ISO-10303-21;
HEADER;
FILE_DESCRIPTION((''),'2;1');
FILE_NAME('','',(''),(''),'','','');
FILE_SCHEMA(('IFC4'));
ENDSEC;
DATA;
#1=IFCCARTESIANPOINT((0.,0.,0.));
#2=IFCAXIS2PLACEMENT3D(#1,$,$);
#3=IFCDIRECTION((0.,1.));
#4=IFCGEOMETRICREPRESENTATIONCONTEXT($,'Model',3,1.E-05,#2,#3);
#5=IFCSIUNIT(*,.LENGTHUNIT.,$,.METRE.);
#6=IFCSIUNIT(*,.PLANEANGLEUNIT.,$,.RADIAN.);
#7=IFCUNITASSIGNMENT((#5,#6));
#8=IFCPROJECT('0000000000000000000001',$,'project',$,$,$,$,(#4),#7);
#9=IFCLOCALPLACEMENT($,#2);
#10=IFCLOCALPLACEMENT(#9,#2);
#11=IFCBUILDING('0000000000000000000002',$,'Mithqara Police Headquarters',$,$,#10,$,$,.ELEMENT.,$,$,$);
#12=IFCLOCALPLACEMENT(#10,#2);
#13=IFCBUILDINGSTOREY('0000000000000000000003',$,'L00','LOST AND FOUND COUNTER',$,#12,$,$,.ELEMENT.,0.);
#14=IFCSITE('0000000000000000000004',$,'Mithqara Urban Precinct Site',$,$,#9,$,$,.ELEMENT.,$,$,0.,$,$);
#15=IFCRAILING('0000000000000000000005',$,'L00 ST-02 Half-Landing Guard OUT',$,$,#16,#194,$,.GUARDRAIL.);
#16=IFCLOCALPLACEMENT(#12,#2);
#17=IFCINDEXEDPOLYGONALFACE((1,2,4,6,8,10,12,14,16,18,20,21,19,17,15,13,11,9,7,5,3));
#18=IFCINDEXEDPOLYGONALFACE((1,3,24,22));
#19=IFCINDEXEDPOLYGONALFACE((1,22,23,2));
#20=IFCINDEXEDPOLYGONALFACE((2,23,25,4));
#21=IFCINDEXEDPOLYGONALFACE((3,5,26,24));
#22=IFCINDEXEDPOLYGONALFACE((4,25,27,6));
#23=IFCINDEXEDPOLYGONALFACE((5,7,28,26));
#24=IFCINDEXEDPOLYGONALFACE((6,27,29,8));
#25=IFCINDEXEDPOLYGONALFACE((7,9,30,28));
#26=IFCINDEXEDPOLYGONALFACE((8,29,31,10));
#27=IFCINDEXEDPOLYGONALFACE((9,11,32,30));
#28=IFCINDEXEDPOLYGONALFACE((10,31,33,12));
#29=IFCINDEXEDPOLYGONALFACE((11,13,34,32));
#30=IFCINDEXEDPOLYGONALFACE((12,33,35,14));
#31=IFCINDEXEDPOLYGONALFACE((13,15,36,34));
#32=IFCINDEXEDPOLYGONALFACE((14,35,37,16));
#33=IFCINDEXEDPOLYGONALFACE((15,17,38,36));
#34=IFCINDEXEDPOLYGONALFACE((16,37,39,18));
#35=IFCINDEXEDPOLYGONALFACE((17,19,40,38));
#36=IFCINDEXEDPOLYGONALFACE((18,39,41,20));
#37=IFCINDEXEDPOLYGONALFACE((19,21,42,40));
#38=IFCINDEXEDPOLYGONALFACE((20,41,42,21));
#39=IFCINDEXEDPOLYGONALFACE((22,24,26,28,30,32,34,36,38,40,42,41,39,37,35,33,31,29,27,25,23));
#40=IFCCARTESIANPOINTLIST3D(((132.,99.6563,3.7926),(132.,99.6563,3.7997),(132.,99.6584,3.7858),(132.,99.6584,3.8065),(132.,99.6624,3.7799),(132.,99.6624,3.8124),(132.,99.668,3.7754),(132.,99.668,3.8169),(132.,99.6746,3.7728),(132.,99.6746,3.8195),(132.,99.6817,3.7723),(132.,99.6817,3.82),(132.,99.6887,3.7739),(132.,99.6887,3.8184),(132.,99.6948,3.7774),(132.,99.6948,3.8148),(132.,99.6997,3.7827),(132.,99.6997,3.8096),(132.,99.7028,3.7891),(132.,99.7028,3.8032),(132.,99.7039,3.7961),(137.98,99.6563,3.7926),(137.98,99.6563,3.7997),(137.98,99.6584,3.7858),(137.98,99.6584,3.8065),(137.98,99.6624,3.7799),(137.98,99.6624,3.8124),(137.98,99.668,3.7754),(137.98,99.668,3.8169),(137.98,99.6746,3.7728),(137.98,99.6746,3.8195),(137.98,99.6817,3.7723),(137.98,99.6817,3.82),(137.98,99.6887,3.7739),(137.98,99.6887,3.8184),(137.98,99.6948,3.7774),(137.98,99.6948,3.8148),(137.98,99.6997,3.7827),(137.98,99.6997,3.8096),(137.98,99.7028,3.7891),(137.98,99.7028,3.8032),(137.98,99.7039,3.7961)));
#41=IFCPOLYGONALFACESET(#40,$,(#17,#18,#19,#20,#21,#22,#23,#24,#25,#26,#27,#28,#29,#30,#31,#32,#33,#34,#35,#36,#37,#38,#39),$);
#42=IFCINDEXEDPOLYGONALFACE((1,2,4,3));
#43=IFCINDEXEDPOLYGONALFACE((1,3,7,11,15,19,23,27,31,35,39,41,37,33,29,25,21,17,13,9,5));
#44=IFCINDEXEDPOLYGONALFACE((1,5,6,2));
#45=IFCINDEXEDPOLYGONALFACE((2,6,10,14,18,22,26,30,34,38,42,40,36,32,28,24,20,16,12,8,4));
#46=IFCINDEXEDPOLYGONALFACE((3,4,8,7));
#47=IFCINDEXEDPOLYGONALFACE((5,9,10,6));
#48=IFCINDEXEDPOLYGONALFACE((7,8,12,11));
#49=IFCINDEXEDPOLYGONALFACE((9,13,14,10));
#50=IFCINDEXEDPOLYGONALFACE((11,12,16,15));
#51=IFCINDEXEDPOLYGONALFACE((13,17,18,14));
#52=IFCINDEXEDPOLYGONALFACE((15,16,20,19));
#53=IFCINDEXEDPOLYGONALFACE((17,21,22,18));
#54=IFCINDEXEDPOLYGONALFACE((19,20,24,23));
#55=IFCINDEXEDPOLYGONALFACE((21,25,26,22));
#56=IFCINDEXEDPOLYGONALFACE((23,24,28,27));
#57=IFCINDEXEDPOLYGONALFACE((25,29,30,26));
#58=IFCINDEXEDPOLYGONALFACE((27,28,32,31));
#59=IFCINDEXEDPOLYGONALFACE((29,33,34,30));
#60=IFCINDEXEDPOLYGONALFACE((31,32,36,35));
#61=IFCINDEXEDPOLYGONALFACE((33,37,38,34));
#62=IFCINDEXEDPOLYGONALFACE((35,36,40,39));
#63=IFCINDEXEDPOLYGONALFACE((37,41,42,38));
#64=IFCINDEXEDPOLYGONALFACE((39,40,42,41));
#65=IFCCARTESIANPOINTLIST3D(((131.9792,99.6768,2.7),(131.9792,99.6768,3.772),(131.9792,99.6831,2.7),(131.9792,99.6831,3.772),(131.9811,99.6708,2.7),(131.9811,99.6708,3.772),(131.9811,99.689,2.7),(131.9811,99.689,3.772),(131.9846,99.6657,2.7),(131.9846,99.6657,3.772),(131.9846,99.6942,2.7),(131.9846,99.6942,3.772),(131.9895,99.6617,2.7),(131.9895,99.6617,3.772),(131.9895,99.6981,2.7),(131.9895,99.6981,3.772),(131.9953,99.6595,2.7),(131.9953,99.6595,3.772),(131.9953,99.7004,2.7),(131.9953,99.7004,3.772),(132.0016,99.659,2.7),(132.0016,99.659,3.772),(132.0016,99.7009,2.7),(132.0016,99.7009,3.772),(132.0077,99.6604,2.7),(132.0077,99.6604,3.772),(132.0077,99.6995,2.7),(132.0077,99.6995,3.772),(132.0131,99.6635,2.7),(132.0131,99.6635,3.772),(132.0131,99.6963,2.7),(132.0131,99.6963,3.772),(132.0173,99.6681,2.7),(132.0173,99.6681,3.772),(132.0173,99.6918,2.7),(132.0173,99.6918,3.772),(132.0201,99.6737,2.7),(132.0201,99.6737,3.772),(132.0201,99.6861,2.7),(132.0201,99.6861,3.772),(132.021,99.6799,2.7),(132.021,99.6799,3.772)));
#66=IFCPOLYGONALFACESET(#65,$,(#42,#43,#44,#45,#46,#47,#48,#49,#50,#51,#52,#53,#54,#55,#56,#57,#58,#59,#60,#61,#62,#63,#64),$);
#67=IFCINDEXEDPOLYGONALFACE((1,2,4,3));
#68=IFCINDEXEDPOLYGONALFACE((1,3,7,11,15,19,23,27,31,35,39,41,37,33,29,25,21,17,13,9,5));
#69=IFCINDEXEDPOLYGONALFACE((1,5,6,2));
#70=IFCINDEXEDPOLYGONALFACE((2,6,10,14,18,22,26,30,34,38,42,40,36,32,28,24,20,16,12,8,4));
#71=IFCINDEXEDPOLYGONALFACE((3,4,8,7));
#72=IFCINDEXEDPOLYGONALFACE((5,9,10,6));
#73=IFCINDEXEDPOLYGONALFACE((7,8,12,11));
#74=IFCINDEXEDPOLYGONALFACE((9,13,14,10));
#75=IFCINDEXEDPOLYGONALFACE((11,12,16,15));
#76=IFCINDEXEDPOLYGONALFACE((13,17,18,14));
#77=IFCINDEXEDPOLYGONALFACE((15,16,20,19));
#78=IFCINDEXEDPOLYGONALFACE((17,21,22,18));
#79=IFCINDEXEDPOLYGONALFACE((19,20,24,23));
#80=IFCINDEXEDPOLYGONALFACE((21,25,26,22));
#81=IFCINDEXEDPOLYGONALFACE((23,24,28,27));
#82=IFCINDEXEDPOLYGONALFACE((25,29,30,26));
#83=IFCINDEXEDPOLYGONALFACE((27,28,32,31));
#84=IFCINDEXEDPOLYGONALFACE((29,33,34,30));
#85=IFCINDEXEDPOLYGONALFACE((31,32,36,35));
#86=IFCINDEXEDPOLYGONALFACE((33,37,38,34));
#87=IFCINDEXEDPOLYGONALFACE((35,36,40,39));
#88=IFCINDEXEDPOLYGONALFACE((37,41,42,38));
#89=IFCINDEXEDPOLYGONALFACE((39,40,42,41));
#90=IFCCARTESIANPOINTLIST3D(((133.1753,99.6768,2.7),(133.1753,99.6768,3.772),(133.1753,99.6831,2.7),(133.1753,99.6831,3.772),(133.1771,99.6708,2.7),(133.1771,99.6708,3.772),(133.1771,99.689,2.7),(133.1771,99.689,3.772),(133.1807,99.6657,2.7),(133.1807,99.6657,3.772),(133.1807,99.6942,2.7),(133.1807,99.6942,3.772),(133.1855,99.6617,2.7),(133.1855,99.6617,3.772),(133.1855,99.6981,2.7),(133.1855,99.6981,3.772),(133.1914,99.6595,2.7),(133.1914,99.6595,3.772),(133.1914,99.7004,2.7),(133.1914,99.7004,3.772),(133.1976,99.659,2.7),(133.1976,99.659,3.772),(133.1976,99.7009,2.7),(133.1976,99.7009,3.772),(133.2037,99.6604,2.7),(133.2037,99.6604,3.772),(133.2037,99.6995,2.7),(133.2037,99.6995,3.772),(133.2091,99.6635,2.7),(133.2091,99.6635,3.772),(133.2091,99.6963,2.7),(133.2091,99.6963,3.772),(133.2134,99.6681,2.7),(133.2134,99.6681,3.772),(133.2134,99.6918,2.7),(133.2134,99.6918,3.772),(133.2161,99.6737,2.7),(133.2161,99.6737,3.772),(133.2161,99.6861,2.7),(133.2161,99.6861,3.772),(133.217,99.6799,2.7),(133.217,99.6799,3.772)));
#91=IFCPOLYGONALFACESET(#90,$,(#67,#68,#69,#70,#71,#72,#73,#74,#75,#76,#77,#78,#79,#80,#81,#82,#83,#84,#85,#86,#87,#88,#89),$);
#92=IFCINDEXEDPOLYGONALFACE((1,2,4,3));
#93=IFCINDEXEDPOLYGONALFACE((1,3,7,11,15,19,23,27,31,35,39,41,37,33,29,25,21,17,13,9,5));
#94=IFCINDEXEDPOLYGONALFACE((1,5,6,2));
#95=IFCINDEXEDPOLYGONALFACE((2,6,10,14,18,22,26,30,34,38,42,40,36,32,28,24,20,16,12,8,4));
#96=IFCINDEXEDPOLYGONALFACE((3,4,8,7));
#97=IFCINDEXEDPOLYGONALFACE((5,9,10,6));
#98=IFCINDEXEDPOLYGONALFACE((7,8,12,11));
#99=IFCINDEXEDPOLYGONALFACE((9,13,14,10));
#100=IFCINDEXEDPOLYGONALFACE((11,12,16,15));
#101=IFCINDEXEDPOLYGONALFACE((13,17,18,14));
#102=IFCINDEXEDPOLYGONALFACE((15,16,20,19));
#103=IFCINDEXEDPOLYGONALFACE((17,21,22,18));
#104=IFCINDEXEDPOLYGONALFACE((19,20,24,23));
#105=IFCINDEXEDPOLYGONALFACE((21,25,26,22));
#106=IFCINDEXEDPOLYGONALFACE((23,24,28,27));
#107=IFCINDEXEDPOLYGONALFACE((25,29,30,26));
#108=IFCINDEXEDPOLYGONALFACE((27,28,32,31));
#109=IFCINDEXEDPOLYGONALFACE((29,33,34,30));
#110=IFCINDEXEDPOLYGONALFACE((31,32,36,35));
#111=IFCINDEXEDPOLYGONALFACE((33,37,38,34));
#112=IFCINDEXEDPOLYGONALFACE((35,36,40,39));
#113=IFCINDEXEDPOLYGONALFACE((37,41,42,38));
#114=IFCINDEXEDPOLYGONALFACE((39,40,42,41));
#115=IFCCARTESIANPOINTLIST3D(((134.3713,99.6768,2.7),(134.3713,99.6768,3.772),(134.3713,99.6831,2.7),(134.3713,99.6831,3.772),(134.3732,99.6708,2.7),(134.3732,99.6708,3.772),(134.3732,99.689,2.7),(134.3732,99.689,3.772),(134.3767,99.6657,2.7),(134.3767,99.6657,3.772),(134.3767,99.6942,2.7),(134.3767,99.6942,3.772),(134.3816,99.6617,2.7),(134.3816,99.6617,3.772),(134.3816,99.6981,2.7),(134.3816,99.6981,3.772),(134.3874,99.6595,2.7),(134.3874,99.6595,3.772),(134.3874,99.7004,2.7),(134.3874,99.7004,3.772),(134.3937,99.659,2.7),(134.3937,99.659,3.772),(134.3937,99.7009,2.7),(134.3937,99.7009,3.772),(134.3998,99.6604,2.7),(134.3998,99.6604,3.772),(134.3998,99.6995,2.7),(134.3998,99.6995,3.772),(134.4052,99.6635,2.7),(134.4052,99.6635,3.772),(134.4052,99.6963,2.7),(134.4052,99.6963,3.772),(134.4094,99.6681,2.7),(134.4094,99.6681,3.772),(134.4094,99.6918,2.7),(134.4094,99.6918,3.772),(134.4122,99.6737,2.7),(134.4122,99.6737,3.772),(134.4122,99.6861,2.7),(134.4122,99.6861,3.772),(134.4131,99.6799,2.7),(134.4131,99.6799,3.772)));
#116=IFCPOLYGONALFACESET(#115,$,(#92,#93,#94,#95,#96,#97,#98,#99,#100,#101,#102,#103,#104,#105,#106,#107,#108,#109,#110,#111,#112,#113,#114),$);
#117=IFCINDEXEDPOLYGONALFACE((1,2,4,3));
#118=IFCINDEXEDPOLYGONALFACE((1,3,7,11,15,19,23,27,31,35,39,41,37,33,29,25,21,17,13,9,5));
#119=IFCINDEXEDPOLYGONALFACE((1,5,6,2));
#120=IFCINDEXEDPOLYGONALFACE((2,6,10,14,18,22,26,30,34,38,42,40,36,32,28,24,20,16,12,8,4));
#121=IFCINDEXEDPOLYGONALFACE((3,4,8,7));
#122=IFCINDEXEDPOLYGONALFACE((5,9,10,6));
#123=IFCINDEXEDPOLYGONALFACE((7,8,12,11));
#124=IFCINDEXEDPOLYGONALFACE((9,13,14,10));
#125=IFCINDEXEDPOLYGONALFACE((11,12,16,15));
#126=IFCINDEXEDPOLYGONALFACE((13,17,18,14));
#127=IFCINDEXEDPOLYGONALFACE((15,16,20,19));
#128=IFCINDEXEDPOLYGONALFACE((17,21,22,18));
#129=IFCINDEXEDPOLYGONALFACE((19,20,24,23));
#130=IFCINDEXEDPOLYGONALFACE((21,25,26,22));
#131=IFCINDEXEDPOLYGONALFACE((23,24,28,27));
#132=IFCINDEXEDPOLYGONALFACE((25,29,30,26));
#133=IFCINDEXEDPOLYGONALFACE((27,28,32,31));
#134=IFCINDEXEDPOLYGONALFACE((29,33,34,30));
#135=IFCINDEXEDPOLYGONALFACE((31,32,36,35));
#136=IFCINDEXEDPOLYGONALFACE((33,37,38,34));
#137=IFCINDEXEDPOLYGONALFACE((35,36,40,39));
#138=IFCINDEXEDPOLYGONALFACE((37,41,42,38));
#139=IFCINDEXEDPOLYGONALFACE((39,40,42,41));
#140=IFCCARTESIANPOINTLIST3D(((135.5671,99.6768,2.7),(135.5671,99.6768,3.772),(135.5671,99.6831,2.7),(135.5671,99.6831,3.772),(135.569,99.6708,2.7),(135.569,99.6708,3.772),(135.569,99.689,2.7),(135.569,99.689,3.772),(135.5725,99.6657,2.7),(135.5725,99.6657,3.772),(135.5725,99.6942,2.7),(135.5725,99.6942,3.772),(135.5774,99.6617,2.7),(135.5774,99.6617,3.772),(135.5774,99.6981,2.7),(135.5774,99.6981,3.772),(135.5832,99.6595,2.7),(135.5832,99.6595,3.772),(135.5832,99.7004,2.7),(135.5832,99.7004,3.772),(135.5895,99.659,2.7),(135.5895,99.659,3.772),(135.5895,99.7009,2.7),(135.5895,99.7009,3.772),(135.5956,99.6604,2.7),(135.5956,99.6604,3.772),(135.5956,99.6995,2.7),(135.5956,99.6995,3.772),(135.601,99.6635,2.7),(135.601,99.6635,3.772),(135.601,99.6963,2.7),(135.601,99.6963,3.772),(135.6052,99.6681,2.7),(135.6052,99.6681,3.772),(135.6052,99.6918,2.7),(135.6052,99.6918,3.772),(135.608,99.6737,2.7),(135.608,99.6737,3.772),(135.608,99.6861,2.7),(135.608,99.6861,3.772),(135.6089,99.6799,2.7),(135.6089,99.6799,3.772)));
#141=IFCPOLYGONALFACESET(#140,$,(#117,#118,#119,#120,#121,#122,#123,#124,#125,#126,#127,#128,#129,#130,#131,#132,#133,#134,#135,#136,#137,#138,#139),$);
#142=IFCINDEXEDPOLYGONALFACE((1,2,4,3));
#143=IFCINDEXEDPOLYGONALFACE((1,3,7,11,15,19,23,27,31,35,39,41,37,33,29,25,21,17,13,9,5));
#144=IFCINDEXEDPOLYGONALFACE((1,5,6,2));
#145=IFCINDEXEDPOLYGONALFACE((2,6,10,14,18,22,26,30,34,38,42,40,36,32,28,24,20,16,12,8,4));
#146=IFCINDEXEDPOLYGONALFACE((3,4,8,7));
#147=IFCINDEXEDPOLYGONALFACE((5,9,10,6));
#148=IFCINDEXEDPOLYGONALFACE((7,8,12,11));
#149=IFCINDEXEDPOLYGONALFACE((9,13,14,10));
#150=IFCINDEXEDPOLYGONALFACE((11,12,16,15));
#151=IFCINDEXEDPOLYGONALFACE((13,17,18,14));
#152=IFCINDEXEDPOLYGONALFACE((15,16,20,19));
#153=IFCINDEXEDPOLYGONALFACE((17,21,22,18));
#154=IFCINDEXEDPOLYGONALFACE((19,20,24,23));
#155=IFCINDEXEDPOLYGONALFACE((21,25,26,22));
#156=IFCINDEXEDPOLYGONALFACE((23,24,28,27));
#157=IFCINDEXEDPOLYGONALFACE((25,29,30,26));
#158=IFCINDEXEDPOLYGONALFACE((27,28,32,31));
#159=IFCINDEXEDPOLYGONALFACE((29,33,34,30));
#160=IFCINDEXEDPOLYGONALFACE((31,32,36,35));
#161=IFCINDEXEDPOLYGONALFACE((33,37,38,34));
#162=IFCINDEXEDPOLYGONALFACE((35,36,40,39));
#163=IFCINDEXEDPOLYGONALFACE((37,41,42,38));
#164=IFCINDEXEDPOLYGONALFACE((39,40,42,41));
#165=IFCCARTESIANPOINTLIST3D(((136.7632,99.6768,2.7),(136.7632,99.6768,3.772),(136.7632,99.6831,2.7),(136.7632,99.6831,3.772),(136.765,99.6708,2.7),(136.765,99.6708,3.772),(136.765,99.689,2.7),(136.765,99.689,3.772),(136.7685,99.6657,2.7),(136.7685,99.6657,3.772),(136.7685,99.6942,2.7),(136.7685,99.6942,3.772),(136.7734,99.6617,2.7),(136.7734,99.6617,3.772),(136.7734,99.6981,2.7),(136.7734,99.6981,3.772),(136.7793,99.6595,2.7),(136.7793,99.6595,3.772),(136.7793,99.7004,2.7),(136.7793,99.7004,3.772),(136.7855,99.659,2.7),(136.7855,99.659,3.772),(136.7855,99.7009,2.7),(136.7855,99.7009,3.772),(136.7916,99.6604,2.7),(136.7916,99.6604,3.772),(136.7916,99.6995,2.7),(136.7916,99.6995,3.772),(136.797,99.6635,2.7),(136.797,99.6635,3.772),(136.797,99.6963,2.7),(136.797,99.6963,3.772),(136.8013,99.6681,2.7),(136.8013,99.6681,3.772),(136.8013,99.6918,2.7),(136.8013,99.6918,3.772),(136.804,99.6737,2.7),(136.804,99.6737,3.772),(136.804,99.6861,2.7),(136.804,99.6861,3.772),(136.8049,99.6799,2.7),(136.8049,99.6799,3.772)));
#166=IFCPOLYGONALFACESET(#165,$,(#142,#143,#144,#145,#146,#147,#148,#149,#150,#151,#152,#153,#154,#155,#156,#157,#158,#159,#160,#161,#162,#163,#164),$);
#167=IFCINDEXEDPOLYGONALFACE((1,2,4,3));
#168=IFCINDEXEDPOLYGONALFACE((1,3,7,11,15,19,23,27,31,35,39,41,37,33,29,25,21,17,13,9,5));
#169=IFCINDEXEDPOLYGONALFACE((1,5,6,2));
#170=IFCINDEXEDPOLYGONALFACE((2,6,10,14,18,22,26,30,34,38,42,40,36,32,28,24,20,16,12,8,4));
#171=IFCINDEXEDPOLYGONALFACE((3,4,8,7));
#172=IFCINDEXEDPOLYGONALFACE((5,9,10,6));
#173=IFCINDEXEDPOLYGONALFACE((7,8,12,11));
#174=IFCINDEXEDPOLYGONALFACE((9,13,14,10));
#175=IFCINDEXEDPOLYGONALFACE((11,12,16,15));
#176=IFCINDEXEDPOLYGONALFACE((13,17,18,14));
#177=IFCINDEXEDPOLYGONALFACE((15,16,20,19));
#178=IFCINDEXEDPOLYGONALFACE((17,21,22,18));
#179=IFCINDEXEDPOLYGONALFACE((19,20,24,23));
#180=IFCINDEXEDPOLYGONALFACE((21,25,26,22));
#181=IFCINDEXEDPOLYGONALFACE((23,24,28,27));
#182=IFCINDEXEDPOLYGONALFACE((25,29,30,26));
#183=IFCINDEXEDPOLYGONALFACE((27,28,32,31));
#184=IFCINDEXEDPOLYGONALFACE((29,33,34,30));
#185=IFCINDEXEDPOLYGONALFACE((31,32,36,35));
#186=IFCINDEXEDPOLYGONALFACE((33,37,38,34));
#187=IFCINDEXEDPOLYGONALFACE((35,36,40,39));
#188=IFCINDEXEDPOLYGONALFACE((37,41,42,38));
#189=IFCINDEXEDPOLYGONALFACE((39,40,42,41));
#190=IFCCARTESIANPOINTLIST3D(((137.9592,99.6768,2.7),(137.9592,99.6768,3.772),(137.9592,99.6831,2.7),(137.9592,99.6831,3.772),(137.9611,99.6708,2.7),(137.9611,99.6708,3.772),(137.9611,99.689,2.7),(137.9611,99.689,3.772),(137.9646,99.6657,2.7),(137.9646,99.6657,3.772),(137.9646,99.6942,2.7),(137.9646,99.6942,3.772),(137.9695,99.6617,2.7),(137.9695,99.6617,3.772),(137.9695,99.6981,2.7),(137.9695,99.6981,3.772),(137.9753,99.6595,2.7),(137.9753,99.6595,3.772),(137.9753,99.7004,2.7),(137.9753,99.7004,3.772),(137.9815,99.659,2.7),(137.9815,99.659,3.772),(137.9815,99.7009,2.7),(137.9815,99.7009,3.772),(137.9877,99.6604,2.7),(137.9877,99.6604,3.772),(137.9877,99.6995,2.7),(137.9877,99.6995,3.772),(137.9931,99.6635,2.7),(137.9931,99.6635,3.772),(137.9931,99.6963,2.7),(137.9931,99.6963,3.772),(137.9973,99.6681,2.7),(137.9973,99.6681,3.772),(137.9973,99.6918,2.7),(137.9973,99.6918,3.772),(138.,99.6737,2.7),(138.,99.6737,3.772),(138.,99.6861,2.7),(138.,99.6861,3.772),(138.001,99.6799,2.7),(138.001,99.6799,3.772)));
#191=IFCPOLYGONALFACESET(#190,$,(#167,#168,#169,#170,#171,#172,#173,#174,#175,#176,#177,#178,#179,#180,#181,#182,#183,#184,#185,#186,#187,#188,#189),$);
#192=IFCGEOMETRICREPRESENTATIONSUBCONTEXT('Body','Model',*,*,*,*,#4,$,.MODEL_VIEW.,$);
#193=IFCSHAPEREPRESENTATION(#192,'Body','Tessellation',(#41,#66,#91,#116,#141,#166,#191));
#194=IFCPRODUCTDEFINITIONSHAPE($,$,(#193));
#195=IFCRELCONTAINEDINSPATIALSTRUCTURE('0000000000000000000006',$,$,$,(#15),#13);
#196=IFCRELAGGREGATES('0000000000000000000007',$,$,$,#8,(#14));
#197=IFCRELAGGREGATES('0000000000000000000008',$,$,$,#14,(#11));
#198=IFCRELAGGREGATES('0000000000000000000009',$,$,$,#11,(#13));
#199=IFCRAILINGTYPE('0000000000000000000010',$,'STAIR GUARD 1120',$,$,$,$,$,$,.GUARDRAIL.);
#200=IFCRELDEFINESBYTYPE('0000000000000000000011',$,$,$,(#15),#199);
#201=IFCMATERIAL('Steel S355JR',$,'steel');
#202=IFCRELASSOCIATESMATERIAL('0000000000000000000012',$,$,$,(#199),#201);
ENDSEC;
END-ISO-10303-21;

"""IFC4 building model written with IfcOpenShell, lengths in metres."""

from ifc_helpers import new_model, si_unit, direction, frame, origin, origin_2d, place, context, subcontext, project, spatial, circle, extrude, material, type_object, element, save


model = new_model("IFC4")

# Units and contexts
model_context = context("Model", 3, precision=1e-05, world=origin(), true_north=direction((0.0, 1.0)))
body_context = subcontext(model_context, "Body", "Model", "MODEL_VIEW")
ifc_project = project(units=[si_unit("LENGTHUNIT", "METRE"), si_unit("PLANEANGLEUNIT", "RADIAN")], contexts=[model_context])

# Site, building, storey
site_placement = place(None, origin())
site = spatial("IfcSite", under=ifc_project, at=site_placement, Name="Mithqara Urban Precinct Site", CompositionType="ELEMENT", RefElevation=0.0)
building_placement = place(site_placement, origin())
building = spatial("IfcBuilding", under=site, at=building_placement, Name="Mithqara Police Headquarters", CompositionType="ELEMENT")
storey_placement = place(building_placement, origin())
storey = spatial("IfcBuildingStorey", under=building, at=storey_placement, Name="L00", Description="LOST AND FOUND COUNTER", CompositionType="ELEMENT", Elevation=0.0)

# Shared definitions
ifc_material_1 = material(Name="Steel S355JR", Category="steel")

# Railing
railing_type = type_object("IfcRailingType", Name="STAIR GUARD 1120", PredefinedType="GUARDRAIL", material=ifc_material_1)
for number, where, name in (
    (1, (132.0, 99.6799, 2.7), "L00 ST-02 Half-Landing Guard OUT"),
):
    element("IfcRailing", number, at=place(storey_placement, frame(where)), inside=storey, type_object=railing_type, Name=name, PredefinedType="GUARDRAIL", context=body_context, shape_type="SweptSolid", body=[
        extrude(circle(Radius=0.0239, at=origin_2d()), frame((0.0, 0.0, 1.0962), z_axis=(1.0, 0.0, 0.0), x_axis=(0.0, 1.0, 0.0)), (0.0, 0.0, 1.0), 5.98),
        extrude(circle(Radius=0.021, at=origin_2d()), origin(), (0.0, 0.0, 1.0), 1.072),
        extrude(circle(Radius=0.021, at=origin_2d()), frame((1.196, 0.0, 0.0)), (0.0, 0.0, 1.0), 1.072),
        extrude(circle(Radius=0.021, at=origin_2d()), frame((2.3921, 0.0, 0.0)), (0.0, 0.0, 1.0), 1.072),
        extrude(circle(Radius=0.021, at=origin_2d()), frame((3.5879, 0.0, 0.0)), (0.0, 0.0, 1.0), 1.072),
        extrude(circle(Radius=0.021, at=origin_2d()), frame((4.7839, 0.0, 0.0)), (0.0, 0.0, 1.0), 1.072),
        extrude(circle(Radius=0.021, at=origin_2d()), frame((5.98, 0.0, 0.0)), (0.0, 0.0, 1.0), 1.072),
    ])

save(model, "model.ifc")
